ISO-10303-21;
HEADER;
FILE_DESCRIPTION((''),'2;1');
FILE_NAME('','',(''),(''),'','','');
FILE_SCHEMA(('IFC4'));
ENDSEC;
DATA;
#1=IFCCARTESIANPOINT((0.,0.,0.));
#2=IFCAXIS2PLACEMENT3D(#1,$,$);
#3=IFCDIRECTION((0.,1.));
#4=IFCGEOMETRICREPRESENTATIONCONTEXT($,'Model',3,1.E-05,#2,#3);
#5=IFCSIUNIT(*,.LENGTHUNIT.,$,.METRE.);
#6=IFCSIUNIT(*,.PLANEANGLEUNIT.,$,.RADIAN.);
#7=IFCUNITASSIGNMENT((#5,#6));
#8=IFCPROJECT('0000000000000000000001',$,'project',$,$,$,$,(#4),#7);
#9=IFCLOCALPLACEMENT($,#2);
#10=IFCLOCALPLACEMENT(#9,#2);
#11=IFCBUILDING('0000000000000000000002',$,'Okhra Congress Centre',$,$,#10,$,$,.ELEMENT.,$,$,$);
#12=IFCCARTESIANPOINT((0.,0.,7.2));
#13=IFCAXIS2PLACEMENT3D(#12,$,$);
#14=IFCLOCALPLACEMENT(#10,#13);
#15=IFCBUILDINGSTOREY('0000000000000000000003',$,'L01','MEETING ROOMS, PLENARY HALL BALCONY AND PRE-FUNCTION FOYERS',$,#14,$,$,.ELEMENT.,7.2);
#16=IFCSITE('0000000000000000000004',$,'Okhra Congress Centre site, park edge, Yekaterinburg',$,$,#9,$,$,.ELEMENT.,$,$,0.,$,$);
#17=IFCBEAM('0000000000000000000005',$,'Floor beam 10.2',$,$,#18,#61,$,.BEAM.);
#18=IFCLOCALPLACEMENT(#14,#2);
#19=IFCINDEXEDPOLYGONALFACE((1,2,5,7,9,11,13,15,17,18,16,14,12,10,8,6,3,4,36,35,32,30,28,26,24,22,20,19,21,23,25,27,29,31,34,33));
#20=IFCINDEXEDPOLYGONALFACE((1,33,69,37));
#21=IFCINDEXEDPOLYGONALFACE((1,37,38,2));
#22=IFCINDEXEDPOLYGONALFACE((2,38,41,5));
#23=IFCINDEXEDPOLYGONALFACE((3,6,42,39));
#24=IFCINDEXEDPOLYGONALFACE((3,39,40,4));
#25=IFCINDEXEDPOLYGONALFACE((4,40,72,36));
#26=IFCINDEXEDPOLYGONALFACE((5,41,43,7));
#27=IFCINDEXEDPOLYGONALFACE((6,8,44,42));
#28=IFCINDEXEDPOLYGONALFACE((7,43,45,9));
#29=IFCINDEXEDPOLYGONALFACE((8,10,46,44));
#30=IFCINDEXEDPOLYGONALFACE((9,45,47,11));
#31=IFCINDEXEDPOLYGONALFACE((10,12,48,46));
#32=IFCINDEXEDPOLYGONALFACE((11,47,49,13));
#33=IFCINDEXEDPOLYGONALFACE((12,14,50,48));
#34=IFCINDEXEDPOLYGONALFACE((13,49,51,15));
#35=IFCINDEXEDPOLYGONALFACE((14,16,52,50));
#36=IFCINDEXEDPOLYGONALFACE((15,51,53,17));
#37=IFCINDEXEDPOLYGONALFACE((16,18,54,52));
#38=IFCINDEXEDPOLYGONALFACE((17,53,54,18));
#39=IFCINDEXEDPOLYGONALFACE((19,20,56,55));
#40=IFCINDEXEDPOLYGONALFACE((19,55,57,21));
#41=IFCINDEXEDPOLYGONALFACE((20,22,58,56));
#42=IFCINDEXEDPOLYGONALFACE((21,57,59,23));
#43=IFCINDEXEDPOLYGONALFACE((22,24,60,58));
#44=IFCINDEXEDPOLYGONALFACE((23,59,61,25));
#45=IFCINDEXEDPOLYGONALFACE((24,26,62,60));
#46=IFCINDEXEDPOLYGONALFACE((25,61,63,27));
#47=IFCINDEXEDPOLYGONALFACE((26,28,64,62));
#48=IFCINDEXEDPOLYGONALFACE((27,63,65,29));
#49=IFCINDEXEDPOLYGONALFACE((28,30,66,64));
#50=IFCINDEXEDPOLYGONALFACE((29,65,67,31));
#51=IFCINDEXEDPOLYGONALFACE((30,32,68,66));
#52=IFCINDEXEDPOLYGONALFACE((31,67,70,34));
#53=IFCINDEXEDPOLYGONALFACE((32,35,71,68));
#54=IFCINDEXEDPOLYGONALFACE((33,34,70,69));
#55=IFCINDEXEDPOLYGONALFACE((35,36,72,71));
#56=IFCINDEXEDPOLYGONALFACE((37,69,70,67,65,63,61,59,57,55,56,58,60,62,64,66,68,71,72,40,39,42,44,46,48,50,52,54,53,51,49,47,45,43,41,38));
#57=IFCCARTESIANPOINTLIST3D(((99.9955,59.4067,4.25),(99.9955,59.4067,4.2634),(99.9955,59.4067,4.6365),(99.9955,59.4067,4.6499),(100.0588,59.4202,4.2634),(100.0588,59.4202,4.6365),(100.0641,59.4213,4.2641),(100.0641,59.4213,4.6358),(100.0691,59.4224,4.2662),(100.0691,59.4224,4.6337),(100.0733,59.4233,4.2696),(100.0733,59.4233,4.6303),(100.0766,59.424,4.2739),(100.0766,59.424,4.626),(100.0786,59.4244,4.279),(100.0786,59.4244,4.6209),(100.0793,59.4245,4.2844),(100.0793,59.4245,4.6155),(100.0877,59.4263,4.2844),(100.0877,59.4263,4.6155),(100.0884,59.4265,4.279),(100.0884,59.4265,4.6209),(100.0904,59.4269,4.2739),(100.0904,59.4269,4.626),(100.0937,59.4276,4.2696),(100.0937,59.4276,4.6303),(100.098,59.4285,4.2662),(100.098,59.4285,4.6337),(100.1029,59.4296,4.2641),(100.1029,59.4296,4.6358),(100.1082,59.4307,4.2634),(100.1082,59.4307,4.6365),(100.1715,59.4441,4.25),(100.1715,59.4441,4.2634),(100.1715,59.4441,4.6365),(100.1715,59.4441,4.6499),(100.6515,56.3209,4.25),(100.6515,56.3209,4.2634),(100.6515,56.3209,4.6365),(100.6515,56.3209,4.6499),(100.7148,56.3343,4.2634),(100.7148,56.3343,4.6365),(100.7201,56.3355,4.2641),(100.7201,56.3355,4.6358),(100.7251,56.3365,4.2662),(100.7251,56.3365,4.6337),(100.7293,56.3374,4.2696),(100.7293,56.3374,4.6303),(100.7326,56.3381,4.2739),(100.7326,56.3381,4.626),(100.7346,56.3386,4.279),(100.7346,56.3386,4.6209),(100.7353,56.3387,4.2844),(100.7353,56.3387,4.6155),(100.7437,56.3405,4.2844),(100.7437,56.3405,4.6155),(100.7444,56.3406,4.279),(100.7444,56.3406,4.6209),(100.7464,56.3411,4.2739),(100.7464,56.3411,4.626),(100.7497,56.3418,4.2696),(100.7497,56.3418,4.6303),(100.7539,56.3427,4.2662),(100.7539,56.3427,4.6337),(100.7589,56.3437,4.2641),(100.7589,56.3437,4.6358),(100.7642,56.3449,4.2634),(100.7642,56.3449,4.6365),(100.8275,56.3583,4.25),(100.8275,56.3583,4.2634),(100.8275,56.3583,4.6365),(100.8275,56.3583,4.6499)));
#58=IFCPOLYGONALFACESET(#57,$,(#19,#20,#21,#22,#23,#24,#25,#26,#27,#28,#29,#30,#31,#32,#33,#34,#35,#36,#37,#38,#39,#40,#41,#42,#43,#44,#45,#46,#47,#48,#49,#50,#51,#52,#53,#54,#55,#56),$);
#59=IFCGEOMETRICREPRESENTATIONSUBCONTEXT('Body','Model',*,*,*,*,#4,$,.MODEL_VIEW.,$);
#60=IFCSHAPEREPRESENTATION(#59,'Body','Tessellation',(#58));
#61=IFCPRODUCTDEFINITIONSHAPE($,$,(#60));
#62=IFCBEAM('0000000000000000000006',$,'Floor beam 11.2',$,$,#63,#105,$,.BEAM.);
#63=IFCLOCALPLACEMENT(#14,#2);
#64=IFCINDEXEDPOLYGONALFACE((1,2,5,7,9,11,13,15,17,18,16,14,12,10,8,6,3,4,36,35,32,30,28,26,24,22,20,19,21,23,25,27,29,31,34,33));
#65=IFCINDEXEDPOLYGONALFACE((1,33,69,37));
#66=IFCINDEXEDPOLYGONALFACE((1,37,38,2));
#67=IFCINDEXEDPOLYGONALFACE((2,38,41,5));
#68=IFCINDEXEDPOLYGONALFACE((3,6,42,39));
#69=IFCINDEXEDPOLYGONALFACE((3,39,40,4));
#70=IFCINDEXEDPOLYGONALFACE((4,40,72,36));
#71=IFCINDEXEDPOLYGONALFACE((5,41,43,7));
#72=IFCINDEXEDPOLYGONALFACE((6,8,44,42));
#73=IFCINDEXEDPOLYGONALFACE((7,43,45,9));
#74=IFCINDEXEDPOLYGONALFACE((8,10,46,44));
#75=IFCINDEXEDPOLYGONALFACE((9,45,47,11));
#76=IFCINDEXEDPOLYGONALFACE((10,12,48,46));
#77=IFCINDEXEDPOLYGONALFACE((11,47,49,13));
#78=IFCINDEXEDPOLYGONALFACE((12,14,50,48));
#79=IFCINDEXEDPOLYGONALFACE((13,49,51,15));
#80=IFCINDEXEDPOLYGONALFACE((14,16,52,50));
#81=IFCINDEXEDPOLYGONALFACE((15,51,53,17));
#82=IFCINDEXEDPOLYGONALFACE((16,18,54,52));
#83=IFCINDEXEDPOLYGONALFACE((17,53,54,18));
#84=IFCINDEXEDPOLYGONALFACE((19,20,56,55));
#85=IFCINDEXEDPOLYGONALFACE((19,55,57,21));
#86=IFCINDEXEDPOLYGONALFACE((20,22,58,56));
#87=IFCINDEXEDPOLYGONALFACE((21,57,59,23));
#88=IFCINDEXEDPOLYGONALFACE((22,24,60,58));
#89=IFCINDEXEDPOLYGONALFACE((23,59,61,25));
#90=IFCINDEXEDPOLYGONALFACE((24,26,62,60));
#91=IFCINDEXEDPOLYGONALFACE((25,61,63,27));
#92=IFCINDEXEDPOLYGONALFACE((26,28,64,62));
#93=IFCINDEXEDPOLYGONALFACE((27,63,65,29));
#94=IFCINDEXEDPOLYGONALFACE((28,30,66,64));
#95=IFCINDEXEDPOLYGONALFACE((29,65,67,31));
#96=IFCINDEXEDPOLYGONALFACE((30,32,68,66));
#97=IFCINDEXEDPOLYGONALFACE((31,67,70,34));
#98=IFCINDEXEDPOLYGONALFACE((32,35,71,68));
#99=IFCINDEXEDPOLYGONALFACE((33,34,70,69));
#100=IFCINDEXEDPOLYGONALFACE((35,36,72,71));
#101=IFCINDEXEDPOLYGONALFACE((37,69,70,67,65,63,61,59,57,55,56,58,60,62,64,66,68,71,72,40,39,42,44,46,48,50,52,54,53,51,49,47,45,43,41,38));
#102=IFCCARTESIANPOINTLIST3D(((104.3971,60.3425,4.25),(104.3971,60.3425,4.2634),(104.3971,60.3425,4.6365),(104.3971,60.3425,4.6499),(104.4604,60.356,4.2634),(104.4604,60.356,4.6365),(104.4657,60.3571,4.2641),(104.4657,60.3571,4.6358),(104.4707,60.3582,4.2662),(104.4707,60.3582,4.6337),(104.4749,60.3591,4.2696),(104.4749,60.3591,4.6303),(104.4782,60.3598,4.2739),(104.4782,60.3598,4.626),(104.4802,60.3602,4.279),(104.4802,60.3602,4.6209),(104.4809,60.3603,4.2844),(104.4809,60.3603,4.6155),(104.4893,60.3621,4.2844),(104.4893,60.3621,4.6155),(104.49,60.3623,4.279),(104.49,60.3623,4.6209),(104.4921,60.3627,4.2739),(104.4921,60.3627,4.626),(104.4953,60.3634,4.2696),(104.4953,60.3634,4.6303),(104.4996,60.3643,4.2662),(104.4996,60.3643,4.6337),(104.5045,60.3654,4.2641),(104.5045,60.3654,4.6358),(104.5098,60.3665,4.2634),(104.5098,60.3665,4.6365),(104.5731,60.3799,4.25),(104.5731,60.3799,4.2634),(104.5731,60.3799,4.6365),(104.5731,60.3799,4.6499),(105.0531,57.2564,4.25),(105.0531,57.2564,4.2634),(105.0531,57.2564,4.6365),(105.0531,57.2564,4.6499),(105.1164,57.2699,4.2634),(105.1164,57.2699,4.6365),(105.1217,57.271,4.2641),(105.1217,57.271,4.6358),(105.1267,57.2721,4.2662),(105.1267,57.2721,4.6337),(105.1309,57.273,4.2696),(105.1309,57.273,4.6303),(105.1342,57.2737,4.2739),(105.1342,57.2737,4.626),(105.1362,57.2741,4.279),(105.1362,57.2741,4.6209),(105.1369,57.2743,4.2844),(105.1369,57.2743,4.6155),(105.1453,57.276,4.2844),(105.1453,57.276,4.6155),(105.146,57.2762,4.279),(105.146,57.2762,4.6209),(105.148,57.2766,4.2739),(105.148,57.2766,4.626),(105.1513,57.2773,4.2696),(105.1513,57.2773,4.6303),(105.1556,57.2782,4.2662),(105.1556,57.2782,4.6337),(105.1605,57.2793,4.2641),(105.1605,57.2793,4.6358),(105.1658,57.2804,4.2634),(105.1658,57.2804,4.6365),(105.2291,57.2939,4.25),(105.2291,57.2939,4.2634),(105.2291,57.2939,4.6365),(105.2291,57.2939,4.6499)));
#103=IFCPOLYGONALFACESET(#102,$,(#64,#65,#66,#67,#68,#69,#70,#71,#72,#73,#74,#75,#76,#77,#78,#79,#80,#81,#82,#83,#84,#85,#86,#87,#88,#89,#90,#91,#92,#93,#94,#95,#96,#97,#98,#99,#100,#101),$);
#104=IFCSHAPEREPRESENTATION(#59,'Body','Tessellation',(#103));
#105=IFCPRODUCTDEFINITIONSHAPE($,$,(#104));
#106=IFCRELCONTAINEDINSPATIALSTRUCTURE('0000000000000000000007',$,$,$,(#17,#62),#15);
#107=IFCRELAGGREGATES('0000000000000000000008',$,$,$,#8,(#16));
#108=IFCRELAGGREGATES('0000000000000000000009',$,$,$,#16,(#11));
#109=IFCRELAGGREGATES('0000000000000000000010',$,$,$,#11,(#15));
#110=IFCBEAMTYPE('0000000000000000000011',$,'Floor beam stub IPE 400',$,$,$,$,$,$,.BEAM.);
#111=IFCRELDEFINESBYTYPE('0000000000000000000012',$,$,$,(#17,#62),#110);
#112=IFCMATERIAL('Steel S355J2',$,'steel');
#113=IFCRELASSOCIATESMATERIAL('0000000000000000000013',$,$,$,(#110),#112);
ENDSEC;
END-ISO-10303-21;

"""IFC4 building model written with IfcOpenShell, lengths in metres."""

from ifc_helpers import new_model, si_unit, direction, frame, origin, origin_2d, place, context, subcontext, project, spatial, i_section, extrude, material, material_profile, profile_set, type_object, element, save


model = new_model("IFC4")

# Units and contexts
model_context = context("Model", 3, precision=1e-05, world=origin(), true_north=direction((0.0, 1.0)))
body_context = subcontext(model_context, "Body", "Model", "MODEL_VIEW")
ifc_project = project(units=[si_unit("LENGTHUNIT", "METRE"), si_unit("PLANEANGLEUNIT", "RADIAN")], contexts=[model_context])

# Site, building, storey
site_placement = place(None, origin())
site = spatial("IfcSite", under=ifc_project, at=site_placement, Name="Okhra Congress Centre site, park edge, Yekaterinburg", CompositionType="ELEMENT", RefElevation=0.0)
building_placement = place(site_placement, origin())
building = spatial("IfcBuilding", under=site, at=building_placement, Name="Okhra Congress Centre", CompositionType="ELEMENT")
storey_placement = place(building_placement, frame((0.0, 0.0, 7.2)))
storey = spatial("IfcBuildingStorey", under=building, at=storey_placement, Name="L01", Description="MEETING ROOMS, PLENARY HALL BALCONY AND PRE-FUNCTION FOYERS", CompositionType="ELEMENT", Elevation=7.2)

# Shared definitions
ifc_material_1 = material(Name="Steel S355J2", Category="steel")

# Beams
ifc_material_profile_1 = material_profile(ifc_material_1, i_section(OverallWidth=0.1799, OverallDepth=0.3999, WebThickness=0.0085, FlangeThickness=0.0134, FilletRadius=0.021, at=origin_2d()), Name="IPE 400")
ifc_profile_set_1 = profile_set([ifc_material_profile_1], Name="Steel S355J2")
beam_type_1 = type_object("IfcBeamType", Name="Floor beam stub IPE 400", PredefinedType="BEAM", material=ifc_profile_set_1)
beam_1_placement = place(storey_placement, frame((100.7395, 56.3396, 4.45), z_axis=(-0.207933, 0.978143, 0.0), x_axis=(-0.978143, -0.207933, 0.0)))
element("IfcBeam", 1, at=beam_1_placement, inside=storey, type_object=beam_type_1, Name="Floor beam 10.2", PredefinedType="BEAM", context=body_context, shape_type="SweptSolid", body=[
    extrude(i_section(OverallWidth=0.1799, OverallDepth=0.3999, WebThickness=0.0085, FlangeThickness=0.0134, FilletRadius=0.021, at=origin_2d()), origin(), (0.0, 0.0, 1.0), 3.1548),
])
beam_2_placement = place(storey_placement, frame((105.1411, 57.2751, 4.45), z_axis=(-0.207917, 0.978146, 0.0), x_axis=(-0.978146, -0.207917, 0.0)))
element("IfcBeam", 2, at=beam_2_placement, inside=storey, type_object=beam_type_1, Name="Floor beam 11.2", PredefinedType="BEAM", context=body_context, shape_type="SweptSolid", body=[
    extrude(i_section(OverallWidth=0.1799, OverallDepth=0.3999, WebThickness=0.0085, FlangeThickness=0.0134, FilletRadius=0.021, at=origin_2d()), origin(), (0.0, 0.0, 1.0), 3.155),
])

save(model, "model.ifc")
